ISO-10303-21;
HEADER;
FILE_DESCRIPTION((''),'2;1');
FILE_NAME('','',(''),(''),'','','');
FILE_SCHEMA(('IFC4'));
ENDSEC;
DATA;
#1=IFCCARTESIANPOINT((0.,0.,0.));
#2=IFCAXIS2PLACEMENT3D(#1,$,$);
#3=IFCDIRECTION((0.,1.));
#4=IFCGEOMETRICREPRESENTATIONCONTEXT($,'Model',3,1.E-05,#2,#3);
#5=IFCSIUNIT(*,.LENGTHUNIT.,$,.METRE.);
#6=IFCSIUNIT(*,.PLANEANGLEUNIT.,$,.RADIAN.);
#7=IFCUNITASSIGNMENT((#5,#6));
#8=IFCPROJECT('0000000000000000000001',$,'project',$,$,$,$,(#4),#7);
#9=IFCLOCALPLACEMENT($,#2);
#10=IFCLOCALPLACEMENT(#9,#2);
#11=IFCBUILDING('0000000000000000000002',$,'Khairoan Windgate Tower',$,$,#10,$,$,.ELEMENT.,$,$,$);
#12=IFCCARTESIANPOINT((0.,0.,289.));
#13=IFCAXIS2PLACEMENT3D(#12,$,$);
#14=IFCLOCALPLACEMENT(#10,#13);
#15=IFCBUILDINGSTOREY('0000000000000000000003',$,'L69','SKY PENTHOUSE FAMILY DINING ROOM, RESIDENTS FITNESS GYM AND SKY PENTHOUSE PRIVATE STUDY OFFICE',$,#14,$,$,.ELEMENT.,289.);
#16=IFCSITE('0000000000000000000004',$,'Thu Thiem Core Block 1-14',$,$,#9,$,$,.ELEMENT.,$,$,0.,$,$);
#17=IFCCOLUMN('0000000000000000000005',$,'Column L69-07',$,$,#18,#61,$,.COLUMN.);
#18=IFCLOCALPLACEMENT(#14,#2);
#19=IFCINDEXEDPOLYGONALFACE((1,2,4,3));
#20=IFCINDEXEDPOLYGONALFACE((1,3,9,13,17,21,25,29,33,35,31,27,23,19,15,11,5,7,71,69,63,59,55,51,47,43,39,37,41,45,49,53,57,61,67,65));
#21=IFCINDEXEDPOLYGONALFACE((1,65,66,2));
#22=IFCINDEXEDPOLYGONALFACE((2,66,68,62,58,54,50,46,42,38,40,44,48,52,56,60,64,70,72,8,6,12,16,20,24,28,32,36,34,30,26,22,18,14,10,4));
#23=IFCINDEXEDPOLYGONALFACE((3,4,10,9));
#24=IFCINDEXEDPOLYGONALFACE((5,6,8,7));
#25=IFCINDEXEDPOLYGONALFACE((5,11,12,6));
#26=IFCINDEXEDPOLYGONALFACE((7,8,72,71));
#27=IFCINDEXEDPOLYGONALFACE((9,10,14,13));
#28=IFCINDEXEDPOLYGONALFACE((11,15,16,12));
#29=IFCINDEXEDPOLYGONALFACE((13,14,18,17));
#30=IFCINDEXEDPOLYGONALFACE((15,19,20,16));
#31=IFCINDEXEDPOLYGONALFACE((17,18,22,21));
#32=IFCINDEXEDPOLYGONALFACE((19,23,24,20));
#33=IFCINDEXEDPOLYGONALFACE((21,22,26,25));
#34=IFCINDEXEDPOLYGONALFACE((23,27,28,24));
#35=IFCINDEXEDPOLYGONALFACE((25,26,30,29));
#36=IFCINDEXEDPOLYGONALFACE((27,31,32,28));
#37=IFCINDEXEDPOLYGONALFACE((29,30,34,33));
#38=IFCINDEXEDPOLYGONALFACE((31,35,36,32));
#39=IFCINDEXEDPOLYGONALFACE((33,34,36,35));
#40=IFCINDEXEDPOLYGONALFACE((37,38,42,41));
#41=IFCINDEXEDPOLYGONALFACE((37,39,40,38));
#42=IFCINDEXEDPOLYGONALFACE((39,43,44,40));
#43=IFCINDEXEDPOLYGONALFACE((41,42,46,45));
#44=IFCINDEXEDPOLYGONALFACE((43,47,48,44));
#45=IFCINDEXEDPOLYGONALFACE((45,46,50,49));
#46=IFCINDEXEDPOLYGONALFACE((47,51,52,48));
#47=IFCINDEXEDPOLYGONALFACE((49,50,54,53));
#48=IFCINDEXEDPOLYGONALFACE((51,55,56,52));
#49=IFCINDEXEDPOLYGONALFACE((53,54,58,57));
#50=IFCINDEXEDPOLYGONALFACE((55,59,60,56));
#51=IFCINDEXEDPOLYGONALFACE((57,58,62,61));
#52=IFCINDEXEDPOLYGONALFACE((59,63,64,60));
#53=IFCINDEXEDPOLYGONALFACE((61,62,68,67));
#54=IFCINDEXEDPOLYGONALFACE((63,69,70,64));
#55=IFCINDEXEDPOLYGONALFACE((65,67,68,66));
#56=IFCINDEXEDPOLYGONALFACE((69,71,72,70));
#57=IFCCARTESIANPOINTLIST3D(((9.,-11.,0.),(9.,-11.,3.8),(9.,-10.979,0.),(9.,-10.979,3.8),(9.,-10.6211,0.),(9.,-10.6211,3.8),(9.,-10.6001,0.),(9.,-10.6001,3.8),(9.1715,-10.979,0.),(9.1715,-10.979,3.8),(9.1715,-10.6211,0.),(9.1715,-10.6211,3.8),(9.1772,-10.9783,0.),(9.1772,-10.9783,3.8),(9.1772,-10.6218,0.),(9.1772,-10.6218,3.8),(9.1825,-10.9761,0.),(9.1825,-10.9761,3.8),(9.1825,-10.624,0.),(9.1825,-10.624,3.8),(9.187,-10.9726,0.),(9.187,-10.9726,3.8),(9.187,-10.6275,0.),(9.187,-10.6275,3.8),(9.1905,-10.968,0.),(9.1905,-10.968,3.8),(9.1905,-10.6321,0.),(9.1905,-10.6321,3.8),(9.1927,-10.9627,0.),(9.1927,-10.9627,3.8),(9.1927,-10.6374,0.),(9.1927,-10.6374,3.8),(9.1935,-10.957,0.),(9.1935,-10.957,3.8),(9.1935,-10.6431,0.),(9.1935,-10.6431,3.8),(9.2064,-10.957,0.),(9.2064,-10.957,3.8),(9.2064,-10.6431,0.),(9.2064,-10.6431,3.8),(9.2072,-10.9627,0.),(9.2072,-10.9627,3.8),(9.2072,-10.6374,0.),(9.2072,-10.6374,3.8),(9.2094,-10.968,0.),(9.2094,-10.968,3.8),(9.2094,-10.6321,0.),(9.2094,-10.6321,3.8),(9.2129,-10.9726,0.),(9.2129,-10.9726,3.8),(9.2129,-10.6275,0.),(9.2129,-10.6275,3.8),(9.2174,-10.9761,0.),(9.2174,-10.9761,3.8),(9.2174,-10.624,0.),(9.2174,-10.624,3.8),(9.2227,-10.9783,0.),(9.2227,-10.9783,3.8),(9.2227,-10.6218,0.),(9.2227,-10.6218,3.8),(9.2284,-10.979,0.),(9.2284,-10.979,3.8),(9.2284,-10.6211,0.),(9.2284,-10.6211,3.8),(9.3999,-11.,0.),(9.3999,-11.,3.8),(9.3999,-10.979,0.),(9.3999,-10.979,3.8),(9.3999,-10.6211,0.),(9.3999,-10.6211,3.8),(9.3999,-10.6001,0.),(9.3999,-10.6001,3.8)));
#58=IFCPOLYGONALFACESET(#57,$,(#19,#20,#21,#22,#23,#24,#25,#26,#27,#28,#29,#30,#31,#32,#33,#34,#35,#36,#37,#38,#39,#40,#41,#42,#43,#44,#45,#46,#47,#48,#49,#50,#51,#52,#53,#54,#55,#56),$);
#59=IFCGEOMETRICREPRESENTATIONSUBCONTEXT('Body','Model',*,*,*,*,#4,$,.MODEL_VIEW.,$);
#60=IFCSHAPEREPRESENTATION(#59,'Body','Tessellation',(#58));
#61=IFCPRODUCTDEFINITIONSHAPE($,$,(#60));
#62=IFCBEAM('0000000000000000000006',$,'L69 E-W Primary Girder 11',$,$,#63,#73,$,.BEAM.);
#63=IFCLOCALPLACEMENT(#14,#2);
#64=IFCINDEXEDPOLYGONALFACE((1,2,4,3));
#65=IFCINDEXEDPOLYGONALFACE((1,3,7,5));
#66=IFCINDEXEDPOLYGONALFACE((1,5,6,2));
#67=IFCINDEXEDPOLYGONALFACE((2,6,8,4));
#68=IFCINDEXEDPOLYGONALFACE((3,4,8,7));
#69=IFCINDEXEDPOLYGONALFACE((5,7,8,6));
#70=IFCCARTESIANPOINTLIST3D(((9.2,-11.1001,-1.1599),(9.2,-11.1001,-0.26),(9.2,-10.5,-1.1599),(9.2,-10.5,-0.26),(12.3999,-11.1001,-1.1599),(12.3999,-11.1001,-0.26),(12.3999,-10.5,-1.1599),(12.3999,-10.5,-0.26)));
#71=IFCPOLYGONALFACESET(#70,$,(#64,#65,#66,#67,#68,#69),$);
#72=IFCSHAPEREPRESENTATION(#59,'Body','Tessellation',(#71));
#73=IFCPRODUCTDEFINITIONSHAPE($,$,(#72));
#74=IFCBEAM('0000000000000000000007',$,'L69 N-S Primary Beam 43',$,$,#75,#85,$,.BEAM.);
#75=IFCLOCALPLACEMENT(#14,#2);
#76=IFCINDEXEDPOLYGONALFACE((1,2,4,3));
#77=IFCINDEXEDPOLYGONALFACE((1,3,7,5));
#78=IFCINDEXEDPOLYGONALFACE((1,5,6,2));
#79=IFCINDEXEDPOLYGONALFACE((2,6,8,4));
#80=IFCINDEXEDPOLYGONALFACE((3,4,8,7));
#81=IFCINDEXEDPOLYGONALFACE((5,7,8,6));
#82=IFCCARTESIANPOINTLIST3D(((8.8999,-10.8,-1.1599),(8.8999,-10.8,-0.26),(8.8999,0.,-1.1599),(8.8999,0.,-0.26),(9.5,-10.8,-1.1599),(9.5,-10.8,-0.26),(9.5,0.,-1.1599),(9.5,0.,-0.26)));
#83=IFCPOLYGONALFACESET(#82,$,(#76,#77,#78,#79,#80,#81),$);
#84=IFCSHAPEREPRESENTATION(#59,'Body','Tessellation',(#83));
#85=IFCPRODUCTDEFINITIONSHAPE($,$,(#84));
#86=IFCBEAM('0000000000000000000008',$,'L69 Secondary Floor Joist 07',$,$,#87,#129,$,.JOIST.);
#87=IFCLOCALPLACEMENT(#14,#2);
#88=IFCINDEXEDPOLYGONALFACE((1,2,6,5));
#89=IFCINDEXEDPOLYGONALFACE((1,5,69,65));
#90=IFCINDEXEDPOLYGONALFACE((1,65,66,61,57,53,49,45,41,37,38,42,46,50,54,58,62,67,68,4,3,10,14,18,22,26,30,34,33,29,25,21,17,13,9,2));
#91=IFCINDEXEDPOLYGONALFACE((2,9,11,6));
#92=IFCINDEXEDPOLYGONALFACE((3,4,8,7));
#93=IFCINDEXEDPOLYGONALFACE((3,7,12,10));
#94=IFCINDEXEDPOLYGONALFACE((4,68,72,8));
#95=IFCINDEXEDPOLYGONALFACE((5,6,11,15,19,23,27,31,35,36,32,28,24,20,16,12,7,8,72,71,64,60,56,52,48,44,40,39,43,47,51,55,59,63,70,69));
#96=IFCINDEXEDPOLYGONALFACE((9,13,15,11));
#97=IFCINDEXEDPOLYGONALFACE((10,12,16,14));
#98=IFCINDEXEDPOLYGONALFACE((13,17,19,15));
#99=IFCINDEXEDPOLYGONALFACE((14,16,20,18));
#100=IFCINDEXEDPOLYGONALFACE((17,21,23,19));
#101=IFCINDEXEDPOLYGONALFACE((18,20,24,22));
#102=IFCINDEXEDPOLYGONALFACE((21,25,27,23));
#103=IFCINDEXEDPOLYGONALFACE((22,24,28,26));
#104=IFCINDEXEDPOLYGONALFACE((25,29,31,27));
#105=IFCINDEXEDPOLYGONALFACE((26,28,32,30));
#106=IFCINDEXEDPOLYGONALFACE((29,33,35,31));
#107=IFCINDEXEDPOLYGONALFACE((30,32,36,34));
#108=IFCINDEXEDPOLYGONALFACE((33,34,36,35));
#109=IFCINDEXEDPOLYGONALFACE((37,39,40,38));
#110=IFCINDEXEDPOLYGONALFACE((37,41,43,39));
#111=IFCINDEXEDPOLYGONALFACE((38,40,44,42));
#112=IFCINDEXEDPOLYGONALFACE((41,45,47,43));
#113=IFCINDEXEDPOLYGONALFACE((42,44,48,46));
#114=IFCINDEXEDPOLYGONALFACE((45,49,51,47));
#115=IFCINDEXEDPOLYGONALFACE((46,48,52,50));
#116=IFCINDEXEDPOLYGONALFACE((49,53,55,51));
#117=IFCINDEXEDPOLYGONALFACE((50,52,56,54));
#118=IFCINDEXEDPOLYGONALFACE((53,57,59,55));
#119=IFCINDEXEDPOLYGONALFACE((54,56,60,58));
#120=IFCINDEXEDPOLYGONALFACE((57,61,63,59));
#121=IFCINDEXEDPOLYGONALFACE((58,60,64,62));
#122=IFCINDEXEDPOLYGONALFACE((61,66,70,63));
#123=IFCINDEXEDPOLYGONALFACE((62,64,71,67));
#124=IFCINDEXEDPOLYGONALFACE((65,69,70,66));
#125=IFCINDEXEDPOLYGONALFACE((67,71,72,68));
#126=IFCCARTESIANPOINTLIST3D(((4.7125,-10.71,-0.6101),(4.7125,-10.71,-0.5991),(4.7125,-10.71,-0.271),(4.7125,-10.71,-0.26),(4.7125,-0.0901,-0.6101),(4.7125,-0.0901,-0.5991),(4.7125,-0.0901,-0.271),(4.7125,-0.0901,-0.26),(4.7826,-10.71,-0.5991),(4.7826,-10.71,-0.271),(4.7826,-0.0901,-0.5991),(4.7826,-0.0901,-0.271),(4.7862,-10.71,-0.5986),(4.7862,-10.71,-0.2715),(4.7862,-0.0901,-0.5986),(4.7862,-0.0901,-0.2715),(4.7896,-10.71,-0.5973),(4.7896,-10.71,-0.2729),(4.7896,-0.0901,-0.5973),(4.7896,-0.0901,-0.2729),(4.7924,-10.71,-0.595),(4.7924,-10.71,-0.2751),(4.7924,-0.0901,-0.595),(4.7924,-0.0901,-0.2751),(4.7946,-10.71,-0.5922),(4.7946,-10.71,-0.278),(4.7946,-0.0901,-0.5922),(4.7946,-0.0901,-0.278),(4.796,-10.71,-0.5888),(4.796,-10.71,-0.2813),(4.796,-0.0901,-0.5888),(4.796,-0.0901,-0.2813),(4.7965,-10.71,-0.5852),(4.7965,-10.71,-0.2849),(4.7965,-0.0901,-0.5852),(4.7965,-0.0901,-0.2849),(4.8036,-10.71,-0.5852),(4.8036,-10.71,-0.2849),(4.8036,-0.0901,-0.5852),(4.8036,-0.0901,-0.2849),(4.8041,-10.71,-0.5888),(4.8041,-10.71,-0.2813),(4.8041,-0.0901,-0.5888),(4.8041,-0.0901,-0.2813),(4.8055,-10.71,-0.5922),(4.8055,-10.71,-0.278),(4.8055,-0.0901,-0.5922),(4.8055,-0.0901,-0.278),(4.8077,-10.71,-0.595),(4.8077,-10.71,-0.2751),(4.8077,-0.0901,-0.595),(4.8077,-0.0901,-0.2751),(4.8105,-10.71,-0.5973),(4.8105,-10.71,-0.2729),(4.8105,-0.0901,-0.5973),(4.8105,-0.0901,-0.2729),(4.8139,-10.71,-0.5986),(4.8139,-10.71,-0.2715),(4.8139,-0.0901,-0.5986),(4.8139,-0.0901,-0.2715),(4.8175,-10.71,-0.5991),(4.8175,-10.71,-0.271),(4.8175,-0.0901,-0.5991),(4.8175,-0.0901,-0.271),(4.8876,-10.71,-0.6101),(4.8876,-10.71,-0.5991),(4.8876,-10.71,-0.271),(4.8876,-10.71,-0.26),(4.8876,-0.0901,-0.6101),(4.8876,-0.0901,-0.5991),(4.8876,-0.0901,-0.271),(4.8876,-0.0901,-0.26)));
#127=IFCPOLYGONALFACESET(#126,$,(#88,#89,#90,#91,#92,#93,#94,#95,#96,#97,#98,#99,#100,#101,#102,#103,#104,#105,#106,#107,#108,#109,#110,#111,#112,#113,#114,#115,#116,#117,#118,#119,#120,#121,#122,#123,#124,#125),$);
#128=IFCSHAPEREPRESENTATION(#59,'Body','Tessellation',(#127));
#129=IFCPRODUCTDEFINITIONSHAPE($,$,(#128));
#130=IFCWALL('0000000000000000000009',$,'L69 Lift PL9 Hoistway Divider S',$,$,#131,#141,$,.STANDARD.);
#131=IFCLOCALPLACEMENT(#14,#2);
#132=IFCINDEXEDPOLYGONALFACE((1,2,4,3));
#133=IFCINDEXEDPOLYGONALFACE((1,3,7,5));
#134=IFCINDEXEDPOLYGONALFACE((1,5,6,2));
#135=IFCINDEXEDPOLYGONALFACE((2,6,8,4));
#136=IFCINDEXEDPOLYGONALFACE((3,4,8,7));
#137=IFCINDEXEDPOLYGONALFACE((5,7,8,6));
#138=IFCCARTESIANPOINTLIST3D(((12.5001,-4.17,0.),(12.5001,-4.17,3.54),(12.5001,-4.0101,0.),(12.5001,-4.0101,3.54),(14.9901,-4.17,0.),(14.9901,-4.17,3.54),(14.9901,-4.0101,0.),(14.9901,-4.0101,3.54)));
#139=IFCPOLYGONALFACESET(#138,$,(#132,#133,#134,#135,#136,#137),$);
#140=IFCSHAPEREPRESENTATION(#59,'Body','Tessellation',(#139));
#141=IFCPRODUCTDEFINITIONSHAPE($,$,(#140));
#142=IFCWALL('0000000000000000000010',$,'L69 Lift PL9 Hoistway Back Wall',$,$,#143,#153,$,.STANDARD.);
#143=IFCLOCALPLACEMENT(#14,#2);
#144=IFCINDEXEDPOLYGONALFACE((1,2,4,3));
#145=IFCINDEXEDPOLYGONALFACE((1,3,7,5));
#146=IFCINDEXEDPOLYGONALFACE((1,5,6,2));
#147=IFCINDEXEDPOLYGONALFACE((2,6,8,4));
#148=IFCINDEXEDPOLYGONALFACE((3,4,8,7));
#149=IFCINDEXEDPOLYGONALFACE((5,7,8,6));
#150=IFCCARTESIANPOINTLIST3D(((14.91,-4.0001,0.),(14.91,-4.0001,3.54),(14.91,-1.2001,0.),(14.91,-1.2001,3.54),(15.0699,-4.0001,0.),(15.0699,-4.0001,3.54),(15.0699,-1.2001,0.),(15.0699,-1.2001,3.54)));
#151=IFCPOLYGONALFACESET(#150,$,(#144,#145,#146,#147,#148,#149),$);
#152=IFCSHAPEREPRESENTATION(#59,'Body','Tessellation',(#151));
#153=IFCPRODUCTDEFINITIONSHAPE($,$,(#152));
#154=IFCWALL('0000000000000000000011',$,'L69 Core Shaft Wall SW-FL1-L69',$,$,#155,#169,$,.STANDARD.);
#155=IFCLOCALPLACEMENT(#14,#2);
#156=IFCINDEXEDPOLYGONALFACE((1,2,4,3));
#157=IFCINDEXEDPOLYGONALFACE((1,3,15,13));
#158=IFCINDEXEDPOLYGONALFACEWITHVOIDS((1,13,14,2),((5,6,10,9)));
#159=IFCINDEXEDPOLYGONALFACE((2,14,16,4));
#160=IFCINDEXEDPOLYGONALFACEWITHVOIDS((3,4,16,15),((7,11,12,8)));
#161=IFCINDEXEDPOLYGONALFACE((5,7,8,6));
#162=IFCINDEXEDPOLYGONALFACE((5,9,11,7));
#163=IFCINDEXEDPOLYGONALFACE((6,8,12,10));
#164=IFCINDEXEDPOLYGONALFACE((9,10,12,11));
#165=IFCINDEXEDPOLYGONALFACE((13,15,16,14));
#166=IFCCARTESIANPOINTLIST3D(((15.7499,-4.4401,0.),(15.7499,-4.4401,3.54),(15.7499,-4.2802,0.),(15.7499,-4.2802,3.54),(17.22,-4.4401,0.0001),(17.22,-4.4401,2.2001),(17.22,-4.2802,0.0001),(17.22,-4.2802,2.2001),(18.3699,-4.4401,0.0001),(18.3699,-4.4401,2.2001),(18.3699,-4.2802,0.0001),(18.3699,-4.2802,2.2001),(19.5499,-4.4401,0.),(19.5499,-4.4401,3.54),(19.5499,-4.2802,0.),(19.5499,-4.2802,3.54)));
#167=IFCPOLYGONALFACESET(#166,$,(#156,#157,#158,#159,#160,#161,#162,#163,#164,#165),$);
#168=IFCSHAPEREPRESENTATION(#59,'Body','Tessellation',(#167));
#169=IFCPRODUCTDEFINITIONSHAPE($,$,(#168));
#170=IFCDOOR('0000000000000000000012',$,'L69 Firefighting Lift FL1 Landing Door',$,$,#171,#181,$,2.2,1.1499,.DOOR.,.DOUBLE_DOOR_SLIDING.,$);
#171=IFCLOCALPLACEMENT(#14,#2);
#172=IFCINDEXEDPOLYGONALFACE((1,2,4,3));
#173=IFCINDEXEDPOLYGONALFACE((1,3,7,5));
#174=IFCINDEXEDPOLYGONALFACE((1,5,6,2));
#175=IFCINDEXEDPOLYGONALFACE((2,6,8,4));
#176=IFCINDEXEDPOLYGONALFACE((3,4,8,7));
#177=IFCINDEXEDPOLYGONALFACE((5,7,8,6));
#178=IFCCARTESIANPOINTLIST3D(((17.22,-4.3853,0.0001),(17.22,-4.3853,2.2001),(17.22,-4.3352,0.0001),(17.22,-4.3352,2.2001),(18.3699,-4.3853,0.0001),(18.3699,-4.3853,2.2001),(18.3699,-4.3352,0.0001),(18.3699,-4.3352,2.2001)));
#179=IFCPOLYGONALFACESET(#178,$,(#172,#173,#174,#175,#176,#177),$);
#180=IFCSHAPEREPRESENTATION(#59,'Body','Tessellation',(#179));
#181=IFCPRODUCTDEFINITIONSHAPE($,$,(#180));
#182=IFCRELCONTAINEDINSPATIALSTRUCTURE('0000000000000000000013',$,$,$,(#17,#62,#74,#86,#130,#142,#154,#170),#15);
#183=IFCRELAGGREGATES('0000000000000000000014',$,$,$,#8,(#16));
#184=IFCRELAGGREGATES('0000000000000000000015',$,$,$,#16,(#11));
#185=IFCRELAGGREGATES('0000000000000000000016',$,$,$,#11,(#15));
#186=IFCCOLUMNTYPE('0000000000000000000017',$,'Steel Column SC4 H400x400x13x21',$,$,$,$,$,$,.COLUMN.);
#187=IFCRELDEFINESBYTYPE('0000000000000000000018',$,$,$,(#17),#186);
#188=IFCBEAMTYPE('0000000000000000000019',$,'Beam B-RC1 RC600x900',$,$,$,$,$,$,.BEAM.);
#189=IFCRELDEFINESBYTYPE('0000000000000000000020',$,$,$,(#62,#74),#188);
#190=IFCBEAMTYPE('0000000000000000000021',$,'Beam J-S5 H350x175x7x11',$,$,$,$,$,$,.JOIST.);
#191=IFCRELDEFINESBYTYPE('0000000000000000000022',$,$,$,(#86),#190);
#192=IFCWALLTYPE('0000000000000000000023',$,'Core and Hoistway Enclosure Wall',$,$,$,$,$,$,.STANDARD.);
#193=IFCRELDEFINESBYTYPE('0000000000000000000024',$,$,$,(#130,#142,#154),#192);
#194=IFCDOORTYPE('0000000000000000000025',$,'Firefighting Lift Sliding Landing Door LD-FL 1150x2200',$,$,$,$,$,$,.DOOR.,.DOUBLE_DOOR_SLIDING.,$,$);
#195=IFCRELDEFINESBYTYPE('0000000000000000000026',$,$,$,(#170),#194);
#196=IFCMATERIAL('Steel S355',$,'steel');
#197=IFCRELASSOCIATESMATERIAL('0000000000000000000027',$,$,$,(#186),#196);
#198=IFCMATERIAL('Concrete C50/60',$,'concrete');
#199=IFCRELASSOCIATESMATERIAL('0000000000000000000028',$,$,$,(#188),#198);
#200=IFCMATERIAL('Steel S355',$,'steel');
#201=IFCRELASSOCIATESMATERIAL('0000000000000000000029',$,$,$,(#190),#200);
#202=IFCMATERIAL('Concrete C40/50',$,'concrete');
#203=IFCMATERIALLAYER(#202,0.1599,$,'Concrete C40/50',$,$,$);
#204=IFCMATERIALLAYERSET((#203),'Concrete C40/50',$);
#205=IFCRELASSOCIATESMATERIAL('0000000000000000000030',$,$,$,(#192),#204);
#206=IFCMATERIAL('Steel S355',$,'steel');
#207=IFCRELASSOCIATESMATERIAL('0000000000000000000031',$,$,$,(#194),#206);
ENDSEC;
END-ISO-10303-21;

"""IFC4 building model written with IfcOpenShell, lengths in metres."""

from ifc_helpers import new_model, si_unit, direction, frame, frame_2d, origin, origin_2d, place, context, subcontext, project, spatial, rectangle, i_section, extrude, material, layer, layer_set, material_profile, profile_set, type_object, element, fill, save


model = new_model("IFC4")

# Units and contexts
model_context = context("Model", 3, precision=1e-05, world=origin(), true_north=direction((0.0, 1.0)))
body_context = subcontext(model_context, "Body", "Model", "MODEL_VIEW")
ifc_project = project(units=[si_unit("LENGTHUNIT", "METRE"), si_unit("PLANEANGLEUNIT", "RADIAN")], contexts=[model_context])

# Site, building, storey
site_placement = place(None, origin())
site = spatial("IfcSite", under=ifc_project, at=site_placement, Name="Thu Thiem Core Block 1-14", CompositionType="ELEMENT", RefElevation=0.0)
building_placement = place(site_placement, origin())
building = spatial("IfcBuilding", under=site, at=building_placement, Name="Khairoan Windgate Tower", CompositionType="ELEMENT")
storey_placement = place(building_placement, frame((0.0, 0.0, 289.0)))
storey = spatial("IfcBuildingStorey", under=building, at=storey_placement, Name="L69", Description="SKY PENTHOUSE FAMILY DINING ROOM, RESIDENTS FITNESS GYM AND SKY PENTHOUSE PRIVATE STUDY OFFICE", CompositionType="ELEMENT", Elevation=289.0)

# Column
ifc_material_1 = material(Name="Steel S355", Category="steel")
ifc_material_profile_1 = material_profile(ifc_material_1, i_section(OverallWidth=0.3999, OverallDepth=0.3999, WebThickness=0.0129, FlangeThickness=0.021, FilletRadius=0.022, at=origin_2d()))
ifc_profile_set_1 = profile_set([ifc_material_profile_1], Name="Steel S355")
column_type = type_object("IfcColumnType", Name="Steel Column SC4 H400x400x13x21", PredefinedType="COLUMN", material=ifc_profile_set_1)
column_placement = place(storey_placement, frame((9.2, -10.8, 0.0), z_axis=(0.0, 0.0, 1.0), x_axis=(1.0, 0.0, 0.0)))
element("IfcColumn", 1, at=column_placement, inside=storey, type_object=column_type, Name="Column L69-07", PredefinedType="COLUMN", context=body_context, shape_type="SweptSolid", body=[
    extrude(i_section(OverallWidth=0.3999, OverallDepth=0.3999, WebThickness=0.0129, FlangeThickness=0.021, FilletRadius=0.022, at=origin_2d()), origin(), (0.0, 0.0, 1.0), 3.8),
])

# Beams
ifc_material_2 = material(Name="Concrete C50/60", Category="concrete")
ifc_material_profile_2 = material_profile(ifc_material_2, rectangle(XDim=0.6001, YDim=0.8999, at=origin_2d()))
ifc_profile_set_2 = profile_set([ifc_material_profile_2], Name="Concrete C50/60")
beam_type_1 = type_object("IfcBeamType", Name="Beam B-RC1 RC600x900", PredefinedType="BEAM", material=ifc_profile_set_2)
beam_1_placement = place(storey_placement, frame((9.2, -10.8, -0.71), z_axis=(1.0, 0.0, 0.0), x_axis=(0.0, 1.0, 0.0)))
element("IfcBeam", 2, at=beam_1_placement, inside=storey, type_object=beam_type_1, Name="L69 E-W Primary Girder 11", PredefinedType="BEAM", context=body_context, shape_type="SweptSolid", body=[
    extrude(rectangle(XDim=0.6001, YDim=0.8999, at=origin_2d()), origin(), (0.0, 0.0, 1.0), 3.2),
])
beam_2_placement = place(storey_placement, frame((9.2, -10.8, -0.71), z_axis=(0.0, 1.0, 0.0), x_axis=(-1.0, 0.0, 0.0)))
element("IfcBeam", 3, at=beam_2_placement, inside=storey, type_object=beam_type_1, Name="L69 N-S Primary Beam 43", PredefinedType="BEAM", context=body_context, shape_type="SweptSolid", body=[
    extrude(rectangle(XDim=0.6001, YDim=0.8999, at=origin_2d()), origin(), (0.0, 0.0, 1.0), 10.8),
])
ifc_material_3 = material(Name="Steel S355", Category="steel")
ifc_material_profile_3 = material_profile(ifc_material_3, i_section(OverallWidth=0.175, OverallDepth=0.3501, WebThickness=0.0071, FlangeThickness=0.011, FilletRadius=0.0139, at=origin_2d()))
ifc_profile_set_3 = profile_set([ifc_material_profile_3], Name="Steel S355")
beam_type_2 = type_object("IfcBeamType", Name="Beam J-S5 H350x175x7x11", PredefinedType="JOIST", material=ifc_profile_set_3)
beam_3_placement = place(storey_placement, frame((4.8, -10.71, -0.4351), z_axis=(0.0, 1.0, 0.0), x_axis=(-1.0, 0.0, 0.0)))
element("IfcBeam", 4, at=beam_3_placement, inside=storey, type_object=beam_type_2, Name="L69 Secondary Floor Joist 07", PredefinedType="JOIST", context=body_context, shape_type="SweptSolid", body=[
    extrude(i_section(OverallWidth=0.175, OverallDepth=0.3501, WebThickness=0.0071, FlangeThickness=0.011, FilletRadius=0.0139, at=origin_2d()), origin(), (0.0, 0.0, 1.0), 10.6199),
])

# Walls
ifc_material_4 = material(Name="Concrete C40/50", Category="concrete")
ifc_layer_1 = layer(ifc_material_4, 0.1599, Name="Concrete C40/50")
ifc_layer_set_1 = layer_set([ifc_layer_1], Name="Concrete C40/50")
wall_type_1 = type_object("IfcWallType", Name="Core and Hoistway Enclosure Wall", PredefinedType="STANDARD", material=ifc_layer_set_1)
wall_1_placement = place(storey_placement, frame((12.5, -4.0901, 0.0), z_axis=(0.0, 0.0, 1.0), x_axis=(1.0, 0.0, 0.0)))
element("IfcWall", 5, at=wall_1_placement, inside=storey, type_object=wall_type_1, Name="L69 Lift PL9 Hoistway Divider S", PredefinedType="STANDARD", context=body_context, shape_type="SweptSolid", body=[
    extrude(rectangle(XDim=2.49, YDim=0.1599, at=frame_2d((1.2451, 0.0))), origin(), (0.0, 0.0, 1.0), 3.54),
])
wall_2_placement = place(storey_placement, frame((14.99, -4.0, 0.0), z_axis=(0.0, 0.0, 1.0), x_axis=(0.0, 1.0, 0.0)))
element("IfcWall", 6, at=wall_2_placement, inside=storey, type_object=wall_type_1, Name="L69 Lift PL9 Hoistway Back Wall", PredefinedType="STANDARD", context=body_context, shape_type="SweptSolid", body=[
    extrude(rectangle(XDim=2.8, YDim=0.1599, at=frame_2d((1.3999, 0.0))), origin(), (0.0, 0.0, 1.0), 3.54),
])

# Wall, opening, door
wall_3_placement = place(storey_placement, frame((15.75, -4.3601, 0.0), z_axis=(0.0, 0.0, 1.0), x_axis=(1.0, 0.0, 0.0)))
wall_3 = element("IfcWall", 7, at=wall_3_placement, inside=storey, type_object=wall_type_1, Name="L69 Core Shaft Wall SW-FL1-L69", PredefinedType="STANDARD", context=body_context, shape_type="SweptSolid", body=[
    extrude(rectangle(XDim=3.8, YDim=0.1599, at=frame_2d((1.8999, 0.0))), origin(), (0.0, 0.0, 1.0), 3.54),
])
opening_1_placement = place(wall_3_placement, frame((1.47, 0.0, 0.0)))
opening_1 = element("IfcOpeningElement", 8, at=opening_1_placement, cuts=wall_3, PredefinedType="OPENING", context=body_context, shape_type="SweptSolid", body=[
    extrude(rectangle(XDim=1.1499, YDim=2.2, at=frame_2d((0.575, 1.1001))), frame((0.0, 0.0898, 0.0), z_axis=(0.0, -1.0, 0.0), x_axis=(1.0, 0.0, 0.0)), (0.0, 0.0, 1.0), 0.1799),
])
ifc_material_5 = material(Name="Steel S355", Category="steel")
door_type_1 = type_object("IfcDoorType", Name="Firefighting Lift Sliding Landing Door LD-FL 1150x2200", OperationType="DOUBLE_DOOR_SLIDING", PredefinedType="DOOR", material=ifc_material_5)
door_1_placement = place(opening_1_placement, origin())
door_1 = element("IfcDoor", 9, at=door_1_placement, inside=storey, type_object=door_type_1, Name="L69 Firefighting Lift FL1 Landing Door", OperationType="DOUBLE_DOOR_SLIDING", OverallHeight=2.2, OverallWidth=1.1499, PredefinedType="DOOR", context=body_context, shape_type="SweptSolid", body=[
    extrude(rectangle(XDim=1.1499, YDim=2.2, at=frame_2d((0.575, 1.1001))), frame((0.0, 0.0249, 0.0), z_axis=(0.0, -1.0, 0.0), x_axis=(1.0, 0.0, 0.0)), (0.0, 0.0, 1.0), 0.05),
])
fill(opening_1, door_1)

save(model, "model.ifc")
